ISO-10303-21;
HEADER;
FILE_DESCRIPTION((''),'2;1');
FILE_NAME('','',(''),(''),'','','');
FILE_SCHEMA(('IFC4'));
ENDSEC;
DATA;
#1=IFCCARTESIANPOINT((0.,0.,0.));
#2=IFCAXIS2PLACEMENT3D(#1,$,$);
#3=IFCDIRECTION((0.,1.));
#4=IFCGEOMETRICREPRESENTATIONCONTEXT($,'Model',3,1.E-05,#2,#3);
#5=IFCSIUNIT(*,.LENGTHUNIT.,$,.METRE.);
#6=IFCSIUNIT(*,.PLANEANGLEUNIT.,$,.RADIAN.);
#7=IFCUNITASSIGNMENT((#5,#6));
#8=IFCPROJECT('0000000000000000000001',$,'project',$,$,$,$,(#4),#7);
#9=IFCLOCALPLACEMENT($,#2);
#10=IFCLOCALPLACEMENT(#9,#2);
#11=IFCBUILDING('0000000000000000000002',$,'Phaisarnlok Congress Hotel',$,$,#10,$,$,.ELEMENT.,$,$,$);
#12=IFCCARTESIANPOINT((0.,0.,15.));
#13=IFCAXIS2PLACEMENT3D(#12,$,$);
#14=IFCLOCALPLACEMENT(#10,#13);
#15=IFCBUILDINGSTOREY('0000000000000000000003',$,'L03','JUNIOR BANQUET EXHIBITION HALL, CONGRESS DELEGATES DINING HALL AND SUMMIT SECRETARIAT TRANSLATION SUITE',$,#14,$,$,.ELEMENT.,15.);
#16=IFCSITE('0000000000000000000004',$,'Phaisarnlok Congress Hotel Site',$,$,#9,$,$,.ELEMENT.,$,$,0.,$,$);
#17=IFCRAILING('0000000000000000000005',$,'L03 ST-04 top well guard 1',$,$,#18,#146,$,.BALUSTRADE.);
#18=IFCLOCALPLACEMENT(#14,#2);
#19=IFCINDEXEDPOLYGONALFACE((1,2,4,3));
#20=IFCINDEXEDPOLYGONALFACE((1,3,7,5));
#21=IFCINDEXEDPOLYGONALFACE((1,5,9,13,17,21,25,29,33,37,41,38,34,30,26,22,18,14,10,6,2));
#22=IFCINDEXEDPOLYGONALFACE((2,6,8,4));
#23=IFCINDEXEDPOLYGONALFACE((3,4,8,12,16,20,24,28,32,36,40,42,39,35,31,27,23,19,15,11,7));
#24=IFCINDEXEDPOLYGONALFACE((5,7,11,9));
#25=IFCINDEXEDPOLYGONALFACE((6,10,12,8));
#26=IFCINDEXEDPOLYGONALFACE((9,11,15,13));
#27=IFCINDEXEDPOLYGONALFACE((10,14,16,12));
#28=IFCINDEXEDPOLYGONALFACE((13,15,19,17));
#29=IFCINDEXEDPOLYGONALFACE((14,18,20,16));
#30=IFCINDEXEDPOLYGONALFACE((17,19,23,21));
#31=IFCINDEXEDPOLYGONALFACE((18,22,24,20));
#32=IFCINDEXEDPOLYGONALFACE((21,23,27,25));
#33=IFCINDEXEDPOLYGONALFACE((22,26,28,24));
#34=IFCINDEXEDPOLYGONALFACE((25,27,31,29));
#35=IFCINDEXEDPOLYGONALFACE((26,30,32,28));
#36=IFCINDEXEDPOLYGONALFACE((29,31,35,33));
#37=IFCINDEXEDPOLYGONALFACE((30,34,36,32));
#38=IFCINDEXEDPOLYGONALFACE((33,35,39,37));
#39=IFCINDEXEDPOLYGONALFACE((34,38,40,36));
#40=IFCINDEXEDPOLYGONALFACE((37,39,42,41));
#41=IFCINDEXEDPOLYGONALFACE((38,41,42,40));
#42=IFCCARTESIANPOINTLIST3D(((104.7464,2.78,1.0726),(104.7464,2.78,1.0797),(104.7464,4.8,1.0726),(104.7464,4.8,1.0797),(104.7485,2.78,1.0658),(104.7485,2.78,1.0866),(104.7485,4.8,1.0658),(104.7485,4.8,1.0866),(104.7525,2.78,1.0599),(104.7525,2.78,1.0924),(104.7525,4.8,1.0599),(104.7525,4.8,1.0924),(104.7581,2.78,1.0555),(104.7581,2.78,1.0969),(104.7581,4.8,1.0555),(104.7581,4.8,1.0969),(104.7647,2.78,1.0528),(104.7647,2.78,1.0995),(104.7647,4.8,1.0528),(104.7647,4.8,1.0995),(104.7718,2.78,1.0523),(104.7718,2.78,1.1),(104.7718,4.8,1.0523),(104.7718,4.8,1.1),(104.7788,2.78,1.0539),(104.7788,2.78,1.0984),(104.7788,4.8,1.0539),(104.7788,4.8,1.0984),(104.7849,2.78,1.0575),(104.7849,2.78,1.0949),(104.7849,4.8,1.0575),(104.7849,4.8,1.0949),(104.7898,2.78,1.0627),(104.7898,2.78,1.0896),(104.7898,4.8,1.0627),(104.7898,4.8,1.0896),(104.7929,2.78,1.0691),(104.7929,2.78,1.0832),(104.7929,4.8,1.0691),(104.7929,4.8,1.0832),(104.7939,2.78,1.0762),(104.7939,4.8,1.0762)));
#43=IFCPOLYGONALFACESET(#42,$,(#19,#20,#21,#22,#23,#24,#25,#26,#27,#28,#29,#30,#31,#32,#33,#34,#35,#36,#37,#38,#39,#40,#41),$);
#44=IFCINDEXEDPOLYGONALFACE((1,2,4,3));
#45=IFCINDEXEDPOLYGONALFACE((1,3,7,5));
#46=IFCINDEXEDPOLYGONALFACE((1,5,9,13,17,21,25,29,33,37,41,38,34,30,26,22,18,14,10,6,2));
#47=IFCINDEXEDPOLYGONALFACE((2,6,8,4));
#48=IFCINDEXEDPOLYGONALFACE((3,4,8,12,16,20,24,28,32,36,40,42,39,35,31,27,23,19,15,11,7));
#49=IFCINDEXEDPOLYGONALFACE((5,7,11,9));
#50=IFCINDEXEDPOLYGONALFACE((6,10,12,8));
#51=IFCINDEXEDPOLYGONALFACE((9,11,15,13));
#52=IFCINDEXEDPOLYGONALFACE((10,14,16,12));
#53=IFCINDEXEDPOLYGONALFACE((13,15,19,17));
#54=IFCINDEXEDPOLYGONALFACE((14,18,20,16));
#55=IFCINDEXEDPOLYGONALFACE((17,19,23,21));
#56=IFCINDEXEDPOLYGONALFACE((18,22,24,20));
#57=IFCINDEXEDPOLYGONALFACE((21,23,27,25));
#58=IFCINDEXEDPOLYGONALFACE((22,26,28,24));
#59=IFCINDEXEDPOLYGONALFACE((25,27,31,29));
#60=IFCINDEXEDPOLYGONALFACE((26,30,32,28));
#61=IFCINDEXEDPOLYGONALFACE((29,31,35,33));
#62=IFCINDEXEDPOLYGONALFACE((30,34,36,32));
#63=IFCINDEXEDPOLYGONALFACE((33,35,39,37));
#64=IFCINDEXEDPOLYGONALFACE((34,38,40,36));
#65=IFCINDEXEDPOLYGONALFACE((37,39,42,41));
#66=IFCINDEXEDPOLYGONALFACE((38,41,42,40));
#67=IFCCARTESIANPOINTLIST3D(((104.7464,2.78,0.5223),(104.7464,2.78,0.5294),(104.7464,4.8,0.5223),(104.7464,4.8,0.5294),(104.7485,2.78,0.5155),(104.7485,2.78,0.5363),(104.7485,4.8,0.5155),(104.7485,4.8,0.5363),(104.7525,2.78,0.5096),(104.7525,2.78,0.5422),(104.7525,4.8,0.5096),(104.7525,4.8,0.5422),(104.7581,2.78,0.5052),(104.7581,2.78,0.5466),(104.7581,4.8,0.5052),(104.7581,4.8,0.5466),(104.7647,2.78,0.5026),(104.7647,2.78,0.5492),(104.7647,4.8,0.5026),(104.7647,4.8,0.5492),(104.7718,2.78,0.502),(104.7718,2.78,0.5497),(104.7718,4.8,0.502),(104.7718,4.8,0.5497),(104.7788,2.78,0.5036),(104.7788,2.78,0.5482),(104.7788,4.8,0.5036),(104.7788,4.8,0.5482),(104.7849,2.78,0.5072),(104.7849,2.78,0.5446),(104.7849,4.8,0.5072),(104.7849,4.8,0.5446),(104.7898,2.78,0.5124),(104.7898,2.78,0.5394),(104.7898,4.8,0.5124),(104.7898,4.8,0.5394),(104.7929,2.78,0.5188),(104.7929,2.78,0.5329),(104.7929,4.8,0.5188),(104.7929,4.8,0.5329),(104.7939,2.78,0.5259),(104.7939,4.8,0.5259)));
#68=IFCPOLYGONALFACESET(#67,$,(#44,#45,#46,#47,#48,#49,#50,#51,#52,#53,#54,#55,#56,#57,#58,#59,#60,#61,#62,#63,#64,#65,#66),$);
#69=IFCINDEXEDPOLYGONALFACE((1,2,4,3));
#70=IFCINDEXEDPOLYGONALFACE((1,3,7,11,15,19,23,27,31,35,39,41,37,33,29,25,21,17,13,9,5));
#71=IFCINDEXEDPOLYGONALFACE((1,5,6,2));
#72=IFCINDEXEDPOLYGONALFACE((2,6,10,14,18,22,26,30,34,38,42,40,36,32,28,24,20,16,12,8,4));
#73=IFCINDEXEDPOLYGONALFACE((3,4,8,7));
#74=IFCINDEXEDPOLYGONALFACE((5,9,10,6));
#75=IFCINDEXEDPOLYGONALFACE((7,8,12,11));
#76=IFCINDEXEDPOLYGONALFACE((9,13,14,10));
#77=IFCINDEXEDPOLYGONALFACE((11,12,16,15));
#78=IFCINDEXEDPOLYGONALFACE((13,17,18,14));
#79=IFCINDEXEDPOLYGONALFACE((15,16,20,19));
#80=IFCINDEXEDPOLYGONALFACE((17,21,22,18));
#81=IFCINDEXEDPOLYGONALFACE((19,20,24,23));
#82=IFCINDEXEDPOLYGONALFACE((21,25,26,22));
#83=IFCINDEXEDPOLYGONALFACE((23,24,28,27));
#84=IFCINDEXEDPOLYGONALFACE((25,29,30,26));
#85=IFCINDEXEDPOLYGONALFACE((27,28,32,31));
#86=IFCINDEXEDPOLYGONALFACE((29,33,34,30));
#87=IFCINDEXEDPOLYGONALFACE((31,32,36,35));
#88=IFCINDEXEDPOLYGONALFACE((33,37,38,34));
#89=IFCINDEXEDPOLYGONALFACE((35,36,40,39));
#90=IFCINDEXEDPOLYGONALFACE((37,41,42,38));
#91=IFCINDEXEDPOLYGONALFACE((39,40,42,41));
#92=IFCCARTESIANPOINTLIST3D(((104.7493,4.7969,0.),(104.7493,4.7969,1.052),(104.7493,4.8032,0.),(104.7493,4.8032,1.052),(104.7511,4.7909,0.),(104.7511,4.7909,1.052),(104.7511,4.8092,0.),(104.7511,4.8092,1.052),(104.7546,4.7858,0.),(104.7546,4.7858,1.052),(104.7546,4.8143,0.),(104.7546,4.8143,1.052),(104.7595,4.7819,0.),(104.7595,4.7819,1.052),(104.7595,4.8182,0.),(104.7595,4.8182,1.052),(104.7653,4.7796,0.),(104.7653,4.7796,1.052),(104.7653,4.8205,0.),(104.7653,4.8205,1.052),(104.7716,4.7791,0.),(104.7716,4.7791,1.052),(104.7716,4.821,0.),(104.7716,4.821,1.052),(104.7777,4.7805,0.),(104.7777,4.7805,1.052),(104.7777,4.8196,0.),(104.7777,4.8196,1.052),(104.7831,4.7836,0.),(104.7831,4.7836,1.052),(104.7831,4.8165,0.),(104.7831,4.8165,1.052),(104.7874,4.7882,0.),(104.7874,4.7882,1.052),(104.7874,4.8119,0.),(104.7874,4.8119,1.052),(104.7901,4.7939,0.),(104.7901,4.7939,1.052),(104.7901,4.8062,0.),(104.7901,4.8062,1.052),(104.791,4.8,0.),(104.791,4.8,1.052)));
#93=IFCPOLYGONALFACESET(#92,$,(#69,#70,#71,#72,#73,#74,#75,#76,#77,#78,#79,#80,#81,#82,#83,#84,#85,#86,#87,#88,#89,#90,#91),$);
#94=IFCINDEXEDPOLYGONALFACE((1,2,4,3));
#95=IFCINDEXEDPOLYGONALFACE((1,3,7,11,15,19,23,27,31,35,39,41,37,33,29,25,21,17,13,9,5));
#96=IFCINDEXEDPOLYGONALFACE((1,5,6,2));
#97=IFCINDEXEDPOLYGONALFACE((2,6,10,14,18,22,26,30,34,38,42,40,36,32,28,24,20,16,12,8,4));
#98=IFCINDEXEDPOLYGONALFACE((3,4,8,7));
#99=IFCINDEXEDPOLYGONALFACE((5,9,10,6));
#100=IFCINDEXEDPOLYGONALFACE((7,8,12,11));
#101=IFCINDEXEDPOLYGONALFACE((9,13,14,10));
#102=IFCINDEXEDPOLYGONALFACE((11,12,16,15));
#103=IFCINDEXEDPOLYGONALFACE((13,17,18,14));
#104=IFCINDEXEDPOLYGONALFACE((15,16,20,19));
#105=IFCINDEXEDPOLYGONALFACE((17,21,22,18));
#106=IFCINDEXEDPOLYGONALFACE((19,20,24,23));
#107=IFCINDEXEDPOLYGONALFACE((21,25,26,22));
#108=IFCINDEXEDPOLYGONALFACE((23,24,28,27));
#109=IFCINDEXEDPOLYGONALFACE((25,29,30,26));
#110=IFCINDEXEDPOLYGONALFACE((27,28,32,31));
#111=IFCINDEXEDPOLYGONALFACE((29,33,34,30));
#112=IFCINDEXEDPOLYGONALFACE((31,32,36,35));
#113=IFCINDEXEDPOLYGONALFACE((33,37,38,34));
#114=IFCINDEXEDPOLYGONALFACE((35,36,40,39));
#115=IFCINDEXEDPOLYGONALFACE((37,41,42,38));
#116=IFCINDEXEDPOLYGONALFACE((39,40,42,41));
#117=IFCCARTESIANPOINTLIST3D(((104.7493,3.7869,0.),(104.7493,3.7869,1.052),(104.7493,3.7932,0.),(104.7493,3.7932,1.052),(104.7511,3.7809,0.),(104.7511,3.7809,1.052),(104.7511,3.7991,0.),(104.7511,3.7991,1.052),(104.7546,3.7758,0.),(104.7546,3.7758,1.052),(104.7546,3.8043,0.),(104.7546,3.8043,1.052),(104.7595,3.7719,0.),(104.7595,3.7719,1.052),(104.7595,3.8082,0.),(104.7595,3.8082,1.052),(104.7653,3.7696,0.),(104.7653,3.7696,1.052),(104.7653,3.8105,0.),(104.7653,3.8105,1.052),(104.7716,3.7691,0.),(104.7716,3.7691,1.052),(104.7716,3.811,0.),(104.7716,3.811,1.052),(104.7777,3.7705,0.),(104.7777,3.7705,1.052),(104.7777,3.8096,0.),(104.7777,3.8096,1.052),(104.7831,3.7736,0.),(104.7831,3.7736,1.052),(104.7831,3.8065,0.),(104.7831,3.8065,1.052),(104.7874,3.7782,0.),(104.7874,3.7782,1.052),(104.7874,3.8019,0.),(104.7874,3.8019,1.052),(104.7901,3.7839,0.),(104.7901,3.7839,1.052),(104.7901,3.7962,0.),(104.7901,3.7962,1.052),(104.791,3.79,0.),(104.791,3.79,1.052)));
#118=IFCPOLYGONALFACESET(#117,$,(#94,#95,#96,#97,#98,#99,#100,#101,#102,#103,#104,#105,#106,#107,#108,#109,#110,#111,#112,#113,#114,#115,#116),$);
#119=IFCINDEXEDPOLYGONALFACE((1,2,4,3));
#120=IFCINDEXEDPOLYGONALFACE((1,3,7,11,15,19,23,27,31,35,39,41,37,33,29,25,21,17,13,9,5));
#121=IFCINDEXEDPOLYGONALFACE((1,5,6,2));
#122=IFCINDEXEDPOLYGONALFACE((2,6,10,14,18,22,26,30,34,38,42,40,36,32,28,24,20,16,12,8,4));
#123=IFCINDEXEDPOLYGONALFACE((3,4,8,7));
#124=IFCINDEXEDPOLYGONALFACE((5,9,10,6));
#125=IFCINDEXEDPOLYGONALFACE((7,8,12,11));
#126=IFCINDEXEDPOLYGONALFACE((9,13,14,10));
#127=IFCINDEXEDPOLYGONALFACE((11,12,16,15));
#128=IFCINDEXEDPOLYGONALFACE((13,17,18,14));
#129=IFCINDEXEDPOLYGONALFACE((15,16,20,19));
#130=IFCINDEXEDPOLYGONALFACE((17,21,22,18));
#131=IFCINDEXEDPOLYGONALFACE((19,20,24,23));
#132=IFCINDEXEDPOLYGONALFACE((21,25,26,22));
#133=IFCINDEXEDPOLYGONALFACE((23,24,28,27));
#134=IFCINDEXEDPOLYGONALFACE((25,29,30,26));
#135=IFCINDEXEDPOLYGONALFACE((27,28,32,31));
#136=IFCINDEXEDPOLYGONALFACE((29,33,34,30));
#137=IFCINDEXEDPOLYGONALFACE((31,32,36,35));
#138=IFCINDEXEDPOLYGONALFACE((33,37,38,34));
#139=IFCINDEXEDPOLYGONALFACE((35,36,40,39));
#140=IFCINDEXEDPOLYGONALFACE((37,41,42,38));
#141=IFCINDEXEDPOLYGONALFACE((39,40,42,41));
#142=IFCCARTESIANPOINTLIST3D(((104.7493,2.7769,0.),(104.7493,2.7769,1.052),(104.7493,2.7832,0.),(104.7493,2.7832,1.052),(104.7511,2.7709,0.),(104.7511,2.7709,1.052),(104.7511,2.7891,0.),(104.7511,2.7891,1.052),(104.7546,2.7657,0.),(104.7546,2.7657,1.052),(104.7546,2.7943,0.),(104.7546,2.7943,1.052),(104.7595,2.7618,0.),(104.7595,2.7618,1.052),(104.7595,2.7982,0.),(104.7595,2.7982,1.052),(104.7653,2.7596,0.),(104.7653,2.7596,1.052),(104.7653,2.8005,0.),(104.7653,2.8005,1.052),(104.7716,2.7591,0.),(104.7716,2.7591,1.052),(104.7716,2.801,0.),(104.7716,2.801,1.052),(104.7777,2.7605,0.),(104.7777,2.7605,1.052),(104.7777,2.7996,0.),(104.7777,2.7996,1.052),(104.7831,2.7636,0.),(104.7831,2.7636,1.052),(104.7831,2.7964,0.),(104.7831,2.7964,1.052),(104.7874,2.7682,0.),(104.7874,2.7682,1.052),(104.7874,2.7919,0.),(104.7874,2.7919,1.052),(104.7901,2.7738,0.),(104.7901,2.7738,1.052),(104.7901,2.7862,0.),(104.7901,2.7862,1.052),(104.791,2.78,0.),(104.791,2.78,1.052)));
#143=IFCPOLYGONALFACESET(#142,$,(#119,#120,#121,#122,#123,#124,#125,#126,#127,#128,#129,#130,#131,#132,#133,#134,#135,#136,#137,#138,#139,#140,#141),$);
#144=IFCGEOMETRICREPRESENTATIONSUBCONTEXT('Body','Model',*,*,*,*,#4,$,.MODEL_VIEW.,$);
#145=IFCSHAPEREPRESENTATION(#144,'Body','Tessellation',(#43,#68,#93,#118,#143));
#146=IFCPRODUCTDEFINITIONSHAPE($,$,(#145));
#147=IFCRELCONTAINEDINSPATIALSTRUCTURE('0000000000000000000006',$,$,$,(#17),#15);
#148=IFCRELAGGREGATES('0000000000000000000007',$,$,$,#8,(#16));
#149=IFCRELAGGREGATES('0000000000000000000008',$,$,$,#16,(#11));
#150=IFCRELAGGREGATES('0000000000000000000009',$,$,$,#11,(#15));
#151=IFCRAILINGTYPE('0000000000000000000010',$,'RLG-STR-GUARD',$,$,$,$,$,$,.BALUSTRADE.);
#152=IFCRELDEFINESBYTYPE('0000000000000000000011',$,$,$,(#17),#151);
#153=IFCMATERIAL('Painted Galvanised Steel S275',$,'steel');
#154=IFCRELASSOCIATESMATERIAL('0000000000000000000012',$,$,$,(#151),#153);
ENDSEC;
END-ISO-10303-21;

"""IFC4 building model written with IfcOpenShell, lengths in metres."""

from ifc_helpers import new_model, si_unit, direction, frame, origin, origin_2d, place, context, subcontext, project, spatial, circle, extrude, material, type_object, element, save


model = new_model("IFC4")

# Units and contexts
model_context = context("Model", 3, precision=1e-05, world=origin(), true_north=direction((0.0, 1.0)))
body_context = subcontext(model_context, "Body", "Model", "MODEL_VIEW")
ifc_project = project(units=[si_unit("LENGTHUNIT", "METRE"), si_unit("PLANEANGLEUNIT", "RADIAN")], contexts=[model_context])

# Site, building, storey
site_placement = place(None, origin())
site = spatial("IfcSite", under=ifc_project, at=site_placement, Name="Phaisarnlok Congress Hotel Site", CompositionType="ELEMENT", RefElevation=0.0)
building_placement = place(site_placement, origin())
building = spatial("IfcBuilding", under=site, at=building_placement, Name="Phaisarnlok Congress Hotel", CompositionType="ELEMENT")
storey_placement = place(building_placement, frame((0.0, 0.0, 15.0)))
storey = spatial("IfcBuildingStorey", under=building, at=storey_placement, Name="L03", Description="JUNIOR BANQUET EXHIBITION HALL, CONGRESS DELEGATES DINING HALL AND SUMMIT SECRETARIAT TRANSLATION SUITE", CompositionType="ELEMENT", Elevation=15.0)

# Railing
ifc_material_1 = material(Name="Painted Galvanised Steel S275", Category="steel")
railing_type = type_object("IfcRailingType", Name="RLG-STR-GUARD", PredefinedType="BALUSTRADE", material=ifc_material_1)
railing_placement = place(storey_placement, frame((104.77, 4.8, 0.0)))
element("IfcRailing", 1, at=railing_placement, inside=storey, type_object=railing_type, Name="L03 ST-04 top well guard 1", PredefinedType="BALUSTRADE", context=body_context, shape_type="SweptSolid", body=[
    extrude(circle(Radius=0.0239, at=origin_2d()), frame((0.0, 0.0, 1.0762), z_axis=(0.0, -1.0, 0.0), x_axis=(1.0, 0.0, 0.0)), (0.0, 0.0, 1.0), 2.02),
    extrude(circle(Radius=0.0239, at=origin_2d()), frame((0.0, 0.0, 0.5259), z_axis=(0.0, -1.0, 0.0), x_axis=(1.0, 0.0, 0.0)), (0.0, 0.0, 1.0), 2.02),
    extrude(circle(Radius=0.021, at=origin_2d()), origin(), (0.0, 0.0, 1.0), 1.052),
    extrude(circle(Radius=0.021, at=origin_2d()), frame((0.0, -1.01, 0.0)), (0.0, 0.0, 1.0), 1.052),
    extrude(circle(Radius=0.021, at=origin_2d()), frame((0.0, -2.02, 0.0)), (0.0, 0.0, 1.0), 1.052),
])

save(model, "model.ifc")
